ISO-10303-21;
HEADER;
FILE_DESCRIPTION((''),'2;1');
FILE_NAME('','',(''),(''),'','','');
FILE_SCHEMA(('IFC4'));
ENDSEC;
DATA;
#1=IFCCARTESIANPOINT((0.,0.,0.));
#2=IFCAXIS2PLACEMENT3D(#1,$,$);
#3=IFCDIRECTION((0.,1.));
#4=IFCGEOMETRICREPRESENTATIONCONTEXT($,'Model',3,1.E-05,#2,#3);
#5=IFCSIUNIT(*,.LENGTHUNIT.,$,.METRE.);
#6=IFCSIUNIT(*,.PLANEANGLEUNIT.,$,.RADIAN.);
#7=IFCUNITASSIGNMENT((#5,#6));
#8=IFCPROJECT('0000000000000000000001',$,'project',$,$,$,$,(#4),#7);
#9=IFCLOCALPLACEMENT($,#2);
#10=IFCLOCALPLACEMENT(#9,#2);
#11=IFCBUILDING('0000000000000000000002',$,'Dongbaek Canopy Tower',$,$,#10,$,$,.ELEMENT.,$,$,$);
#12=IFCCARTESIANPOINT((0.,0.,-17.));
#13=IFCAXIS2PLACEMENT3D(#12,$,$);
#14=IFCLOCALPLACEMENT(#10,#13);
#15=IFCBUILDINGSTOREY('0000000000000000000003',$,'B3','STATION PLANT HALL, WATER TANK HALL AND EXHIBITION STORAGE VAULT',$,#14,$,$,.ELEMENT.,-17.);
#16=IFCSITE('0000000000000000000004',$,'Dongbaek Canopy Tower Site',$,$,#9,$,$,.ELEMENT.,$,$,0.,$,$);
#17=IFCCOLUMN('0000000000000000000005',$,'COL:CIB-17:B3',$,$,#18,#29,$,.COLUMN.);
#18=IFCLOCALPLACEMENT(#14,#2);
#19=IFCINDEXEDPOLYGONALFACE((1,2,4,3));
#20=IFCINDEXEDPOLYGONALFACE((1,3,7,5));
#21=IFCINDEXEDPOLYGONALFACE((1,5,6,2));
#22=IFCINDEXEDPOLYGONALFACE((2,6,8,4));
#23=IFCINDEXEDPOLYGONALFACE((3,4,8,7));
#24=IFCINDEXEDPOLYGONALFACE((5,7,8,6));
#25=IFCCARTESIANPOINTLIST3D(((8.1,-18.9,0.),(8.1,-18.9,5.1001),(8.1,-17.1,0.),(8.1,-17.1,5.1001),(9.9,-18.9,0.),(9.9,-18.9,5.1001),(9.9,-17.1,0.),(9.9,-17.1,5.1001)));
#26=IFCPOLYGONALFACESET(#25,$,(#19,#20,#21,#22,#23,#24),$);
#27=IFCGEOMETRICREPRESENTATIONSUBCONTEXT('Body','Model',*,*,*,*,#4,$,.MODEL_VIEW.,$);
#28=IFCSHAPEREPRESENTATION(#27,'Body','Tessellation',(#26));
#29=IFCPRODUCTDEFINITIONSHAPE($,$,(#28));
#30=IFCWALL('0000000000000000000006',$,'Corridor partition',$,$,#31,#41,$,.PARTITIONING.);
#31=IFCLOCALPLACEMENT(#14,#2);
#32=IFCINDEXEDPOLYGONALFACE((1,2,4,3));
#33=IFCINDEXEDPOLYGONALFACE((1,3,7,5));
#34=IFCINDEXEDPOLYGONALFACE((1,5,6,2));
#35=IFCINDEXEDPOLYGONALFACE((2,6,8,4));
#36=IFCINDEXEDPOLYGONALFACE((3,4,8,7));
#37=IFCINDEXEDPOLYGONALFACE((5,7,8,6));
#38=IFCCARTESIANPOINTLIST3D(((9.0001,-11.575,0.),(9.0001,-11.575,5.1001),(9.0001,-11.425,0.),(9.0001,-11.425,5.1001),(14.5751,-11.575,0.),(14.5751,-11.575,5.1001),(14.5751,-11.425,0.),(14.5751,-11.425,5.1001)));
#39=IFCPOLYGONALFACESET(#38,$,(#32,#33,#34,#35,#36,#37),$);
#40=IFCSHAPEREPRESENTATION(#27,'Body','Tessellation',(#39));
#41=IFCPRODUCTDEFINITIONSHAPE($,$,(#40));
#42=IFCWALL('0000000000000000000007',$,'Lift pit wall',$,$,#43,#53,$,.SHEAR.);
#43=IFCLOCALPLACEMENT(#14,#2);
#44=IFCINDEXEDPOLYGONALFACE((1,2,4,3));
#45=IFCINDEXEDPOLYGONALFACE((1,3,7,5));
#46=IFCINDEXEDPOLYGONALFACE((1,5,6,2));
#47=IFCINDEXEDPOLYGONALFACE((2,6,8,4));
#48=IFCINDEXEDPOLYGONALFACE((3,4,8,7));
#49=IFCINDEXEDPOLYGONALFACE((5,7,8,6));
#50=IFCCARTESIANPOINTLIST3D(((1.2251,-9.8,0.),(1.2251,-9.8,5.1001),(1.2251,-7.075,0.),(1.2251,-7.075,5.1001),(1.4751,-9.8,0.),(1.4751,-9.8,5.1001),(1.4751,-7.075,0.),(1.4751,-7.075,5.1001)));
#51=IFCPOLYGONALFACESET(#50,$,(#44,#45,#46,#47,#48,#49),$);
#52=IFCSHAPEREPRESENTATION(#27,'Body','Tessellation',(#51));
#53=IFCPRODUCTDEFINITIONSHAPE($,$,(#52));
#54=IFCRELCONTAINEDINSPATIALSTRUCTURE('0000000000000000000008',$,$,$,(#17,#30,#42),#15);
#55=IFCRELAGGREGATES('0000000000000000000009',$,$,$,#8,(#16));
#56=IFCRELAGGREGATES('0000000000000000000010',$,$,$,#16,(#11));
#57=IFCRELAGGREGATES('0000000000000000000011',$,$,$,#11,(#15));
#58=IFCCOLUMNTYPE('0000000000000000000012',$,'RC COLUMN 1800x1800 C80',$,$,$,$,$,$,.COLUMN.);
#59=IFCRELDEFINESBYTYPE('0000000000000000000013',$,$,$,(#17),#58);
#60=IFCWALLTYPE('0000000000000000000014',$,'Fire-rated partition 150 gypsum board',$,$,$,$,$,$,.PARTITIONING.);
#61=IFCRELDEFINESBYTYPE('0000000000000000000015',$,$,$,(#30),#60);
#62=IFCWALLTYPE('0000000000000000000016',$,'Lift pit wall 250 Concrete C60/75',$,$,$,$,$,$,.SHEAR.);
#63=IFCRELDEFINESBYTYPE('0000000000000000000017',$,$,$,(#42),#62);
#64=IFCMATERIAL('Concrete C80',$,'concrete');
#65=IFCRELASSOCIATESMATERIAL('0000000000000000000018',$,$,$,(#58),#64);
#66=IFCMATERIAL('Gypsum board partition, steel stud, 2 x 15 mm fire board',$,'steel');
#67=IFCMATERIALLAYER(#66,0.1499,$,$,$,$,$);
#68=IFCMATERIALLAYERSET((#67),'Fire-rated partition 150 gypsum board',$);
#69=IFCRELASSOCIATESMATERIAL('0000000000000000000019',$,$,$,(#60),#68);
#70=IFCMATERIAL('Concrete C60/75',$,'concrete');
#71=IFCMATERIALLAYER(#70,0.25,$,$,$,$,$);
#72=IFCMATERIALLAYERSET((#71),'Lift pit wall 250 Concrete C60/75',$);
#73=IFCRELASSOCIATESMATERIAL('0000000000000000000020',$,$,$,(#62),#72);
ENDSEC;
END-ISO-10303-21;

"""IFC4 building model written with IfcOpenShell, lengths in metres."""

from ifc_helpers import new_model, si_unit, direction, frame, frame_2d, origin, origin_2d, place, context, subcontext, project, spatial, rectangle, extrude, material, layer, layer_set, material_profile, profile_set, type_object, element, save


model = new_model("IFC4")

# Units and contexts
model_context = context("Model", 3, precision=1e-05, world=origin(), true_north=direction((0.0, 1.0)))
body_context = subcontext(model_context, "Body", "Model", "MODEL_VIEW")
ifc_project = project(units=[si_unit("LENGTHUNIT", "METRE"), si_unit("PLANEANGLEUNIT", "RADIAN")], contexts=[model_context])

# Site, building, storey
site_placement = place(None, origin())
site = spatial("IfcSite", under=ifc_project, at=site_placement, Name="Dongbaek Canopy Tower Site", CompositionType="ELEMENT", RefElevation=0.0)
building_placement = place(site_placement, origin())
building = spatial("IfcBuilding", under=site, at=building_placement, Name="Dongbaek Canopy Tower", CompositionType="ELEMENT")
storey_placement = place(building_placement, frame((0.0, 0.0, -17.0)))
storey = spatial("IfcBuildingStorey", under=building, at=storey_placement, Name="B3", Description="STATION PLANT HALL, WATER TANK HALL AND EXHIBITION STORAGE VAULT", CompositionType="ELEMENT", Elevation=-17.0)

# Column
ifc_material_1 = material(Name="Concrete C80", Category="concrete")
ifc_material_profile_1 = material_profile(ifc_material_1, rectangle(XDim=1.8, YDim=1.8, at=origin_2d()), Name="RC COLUMN 1800x1800 C80")
ifc_profile_set_1 = profile_set([ifc_material_profile_1], Name="Concrete C80")
column_type = type_object("IfcColumnType", Name="RC COLUMN 1800x1800 C80", PredefinedType="COLUMN", material=ifc_profile_set_1)
for number, where, z_axis, x_axis, name in (
    (1, (9.0, -18.0, 0.0), (0.0, 0.0, 1.0), (1.0, 0.0, 0.0), "COL:CIB-17:B3"),
):
    element("IfcColumn", number, at=place(storey_placement, frame(where, z_axis=z_axis, x_axis=x_axis)), inside=storey, type_object=column_type, Name=name, PredefinedType="COLUMN", context=body_context, shape_type="SweptSolid", body=[
        extrude(rectangle(XDim=1.8, YDim=1.8, at=origin_2d()), origin(), (0.0, 0.0, 1.0), 5.1001),
    ])

# Walls
ifc_material_2 = material(Name="Gypsum board partition, steel stud, 2 x 15 mm fire board", Category="steel")
ifc_layer_1 = layer(ifc_material_2, 0.1499)
ifc_layer_set_1 = layer_set([ifc_layer_1], Name="Fire-rated partition 150 gypsum board")
wall_type_1 = type_object("IfcWallType", Name="Fire-rated partition 150 gypsum board", PredefinedType="PARTITIONING", material=ifc_layer_set_1)
wall_1_placement = place(storey_placement, frame((9.0, -11.5, 0.0), z_axis=(0.0, 0.0, 1.0), x_axis=(1.0, 0.0, 0.0)))
element("IfcWall", 2, at=wall_1_placement, inside=storey, type_object=wall_type_1, Name="Corridor partition", PredefinedType="PARTITIONING", context=body_context, shape_type="SweptSolid", body=[
    extrude(rectangle(XDim=5.575, YDim=0.1499, at=frame_2d((2.7876, 0.0))), origin(), (0.0, 0.0, 1.0), 5.1001),
])
ifc_material_3 = material(Name="Concrete C60/75", Category="concrete")
ifc_layer_2 = layer(ifc_material_3, 0.25)
ifc_layer_set_2 = layer_set([ifc_layer_2], Name="Lift pit wall 250 Concrete C60/75")
wall_type_2 = type_object("IfcWallType", Name="Lift pit wall 250 Concrete C60/75", PredefinedType="SHEAR", material=ifc_layer_set_2)
wall_2_placement = place(storey_placement, frame((1.3501, -9.8, 0.0), z_axis=(0.0, 0.0, 1.0), x_axis=(0.0, 1.0, 0.0)))
element("IfcWall", 3, at=wall_2_placement, inside=storey, type_object=wall_type_2, Name="Lift pit wall", PredefinedType="SHEAR", context=body_context, shape_type="SweptSolid", body=[
    extrude(rectangle(XDim=2.7251, YDim=0.25, at=frame_2d((1.3625, 0.0))), origin(), (0.0, 0.0, 1.0), 5.1001),
])

save(model, "model.ifc")
